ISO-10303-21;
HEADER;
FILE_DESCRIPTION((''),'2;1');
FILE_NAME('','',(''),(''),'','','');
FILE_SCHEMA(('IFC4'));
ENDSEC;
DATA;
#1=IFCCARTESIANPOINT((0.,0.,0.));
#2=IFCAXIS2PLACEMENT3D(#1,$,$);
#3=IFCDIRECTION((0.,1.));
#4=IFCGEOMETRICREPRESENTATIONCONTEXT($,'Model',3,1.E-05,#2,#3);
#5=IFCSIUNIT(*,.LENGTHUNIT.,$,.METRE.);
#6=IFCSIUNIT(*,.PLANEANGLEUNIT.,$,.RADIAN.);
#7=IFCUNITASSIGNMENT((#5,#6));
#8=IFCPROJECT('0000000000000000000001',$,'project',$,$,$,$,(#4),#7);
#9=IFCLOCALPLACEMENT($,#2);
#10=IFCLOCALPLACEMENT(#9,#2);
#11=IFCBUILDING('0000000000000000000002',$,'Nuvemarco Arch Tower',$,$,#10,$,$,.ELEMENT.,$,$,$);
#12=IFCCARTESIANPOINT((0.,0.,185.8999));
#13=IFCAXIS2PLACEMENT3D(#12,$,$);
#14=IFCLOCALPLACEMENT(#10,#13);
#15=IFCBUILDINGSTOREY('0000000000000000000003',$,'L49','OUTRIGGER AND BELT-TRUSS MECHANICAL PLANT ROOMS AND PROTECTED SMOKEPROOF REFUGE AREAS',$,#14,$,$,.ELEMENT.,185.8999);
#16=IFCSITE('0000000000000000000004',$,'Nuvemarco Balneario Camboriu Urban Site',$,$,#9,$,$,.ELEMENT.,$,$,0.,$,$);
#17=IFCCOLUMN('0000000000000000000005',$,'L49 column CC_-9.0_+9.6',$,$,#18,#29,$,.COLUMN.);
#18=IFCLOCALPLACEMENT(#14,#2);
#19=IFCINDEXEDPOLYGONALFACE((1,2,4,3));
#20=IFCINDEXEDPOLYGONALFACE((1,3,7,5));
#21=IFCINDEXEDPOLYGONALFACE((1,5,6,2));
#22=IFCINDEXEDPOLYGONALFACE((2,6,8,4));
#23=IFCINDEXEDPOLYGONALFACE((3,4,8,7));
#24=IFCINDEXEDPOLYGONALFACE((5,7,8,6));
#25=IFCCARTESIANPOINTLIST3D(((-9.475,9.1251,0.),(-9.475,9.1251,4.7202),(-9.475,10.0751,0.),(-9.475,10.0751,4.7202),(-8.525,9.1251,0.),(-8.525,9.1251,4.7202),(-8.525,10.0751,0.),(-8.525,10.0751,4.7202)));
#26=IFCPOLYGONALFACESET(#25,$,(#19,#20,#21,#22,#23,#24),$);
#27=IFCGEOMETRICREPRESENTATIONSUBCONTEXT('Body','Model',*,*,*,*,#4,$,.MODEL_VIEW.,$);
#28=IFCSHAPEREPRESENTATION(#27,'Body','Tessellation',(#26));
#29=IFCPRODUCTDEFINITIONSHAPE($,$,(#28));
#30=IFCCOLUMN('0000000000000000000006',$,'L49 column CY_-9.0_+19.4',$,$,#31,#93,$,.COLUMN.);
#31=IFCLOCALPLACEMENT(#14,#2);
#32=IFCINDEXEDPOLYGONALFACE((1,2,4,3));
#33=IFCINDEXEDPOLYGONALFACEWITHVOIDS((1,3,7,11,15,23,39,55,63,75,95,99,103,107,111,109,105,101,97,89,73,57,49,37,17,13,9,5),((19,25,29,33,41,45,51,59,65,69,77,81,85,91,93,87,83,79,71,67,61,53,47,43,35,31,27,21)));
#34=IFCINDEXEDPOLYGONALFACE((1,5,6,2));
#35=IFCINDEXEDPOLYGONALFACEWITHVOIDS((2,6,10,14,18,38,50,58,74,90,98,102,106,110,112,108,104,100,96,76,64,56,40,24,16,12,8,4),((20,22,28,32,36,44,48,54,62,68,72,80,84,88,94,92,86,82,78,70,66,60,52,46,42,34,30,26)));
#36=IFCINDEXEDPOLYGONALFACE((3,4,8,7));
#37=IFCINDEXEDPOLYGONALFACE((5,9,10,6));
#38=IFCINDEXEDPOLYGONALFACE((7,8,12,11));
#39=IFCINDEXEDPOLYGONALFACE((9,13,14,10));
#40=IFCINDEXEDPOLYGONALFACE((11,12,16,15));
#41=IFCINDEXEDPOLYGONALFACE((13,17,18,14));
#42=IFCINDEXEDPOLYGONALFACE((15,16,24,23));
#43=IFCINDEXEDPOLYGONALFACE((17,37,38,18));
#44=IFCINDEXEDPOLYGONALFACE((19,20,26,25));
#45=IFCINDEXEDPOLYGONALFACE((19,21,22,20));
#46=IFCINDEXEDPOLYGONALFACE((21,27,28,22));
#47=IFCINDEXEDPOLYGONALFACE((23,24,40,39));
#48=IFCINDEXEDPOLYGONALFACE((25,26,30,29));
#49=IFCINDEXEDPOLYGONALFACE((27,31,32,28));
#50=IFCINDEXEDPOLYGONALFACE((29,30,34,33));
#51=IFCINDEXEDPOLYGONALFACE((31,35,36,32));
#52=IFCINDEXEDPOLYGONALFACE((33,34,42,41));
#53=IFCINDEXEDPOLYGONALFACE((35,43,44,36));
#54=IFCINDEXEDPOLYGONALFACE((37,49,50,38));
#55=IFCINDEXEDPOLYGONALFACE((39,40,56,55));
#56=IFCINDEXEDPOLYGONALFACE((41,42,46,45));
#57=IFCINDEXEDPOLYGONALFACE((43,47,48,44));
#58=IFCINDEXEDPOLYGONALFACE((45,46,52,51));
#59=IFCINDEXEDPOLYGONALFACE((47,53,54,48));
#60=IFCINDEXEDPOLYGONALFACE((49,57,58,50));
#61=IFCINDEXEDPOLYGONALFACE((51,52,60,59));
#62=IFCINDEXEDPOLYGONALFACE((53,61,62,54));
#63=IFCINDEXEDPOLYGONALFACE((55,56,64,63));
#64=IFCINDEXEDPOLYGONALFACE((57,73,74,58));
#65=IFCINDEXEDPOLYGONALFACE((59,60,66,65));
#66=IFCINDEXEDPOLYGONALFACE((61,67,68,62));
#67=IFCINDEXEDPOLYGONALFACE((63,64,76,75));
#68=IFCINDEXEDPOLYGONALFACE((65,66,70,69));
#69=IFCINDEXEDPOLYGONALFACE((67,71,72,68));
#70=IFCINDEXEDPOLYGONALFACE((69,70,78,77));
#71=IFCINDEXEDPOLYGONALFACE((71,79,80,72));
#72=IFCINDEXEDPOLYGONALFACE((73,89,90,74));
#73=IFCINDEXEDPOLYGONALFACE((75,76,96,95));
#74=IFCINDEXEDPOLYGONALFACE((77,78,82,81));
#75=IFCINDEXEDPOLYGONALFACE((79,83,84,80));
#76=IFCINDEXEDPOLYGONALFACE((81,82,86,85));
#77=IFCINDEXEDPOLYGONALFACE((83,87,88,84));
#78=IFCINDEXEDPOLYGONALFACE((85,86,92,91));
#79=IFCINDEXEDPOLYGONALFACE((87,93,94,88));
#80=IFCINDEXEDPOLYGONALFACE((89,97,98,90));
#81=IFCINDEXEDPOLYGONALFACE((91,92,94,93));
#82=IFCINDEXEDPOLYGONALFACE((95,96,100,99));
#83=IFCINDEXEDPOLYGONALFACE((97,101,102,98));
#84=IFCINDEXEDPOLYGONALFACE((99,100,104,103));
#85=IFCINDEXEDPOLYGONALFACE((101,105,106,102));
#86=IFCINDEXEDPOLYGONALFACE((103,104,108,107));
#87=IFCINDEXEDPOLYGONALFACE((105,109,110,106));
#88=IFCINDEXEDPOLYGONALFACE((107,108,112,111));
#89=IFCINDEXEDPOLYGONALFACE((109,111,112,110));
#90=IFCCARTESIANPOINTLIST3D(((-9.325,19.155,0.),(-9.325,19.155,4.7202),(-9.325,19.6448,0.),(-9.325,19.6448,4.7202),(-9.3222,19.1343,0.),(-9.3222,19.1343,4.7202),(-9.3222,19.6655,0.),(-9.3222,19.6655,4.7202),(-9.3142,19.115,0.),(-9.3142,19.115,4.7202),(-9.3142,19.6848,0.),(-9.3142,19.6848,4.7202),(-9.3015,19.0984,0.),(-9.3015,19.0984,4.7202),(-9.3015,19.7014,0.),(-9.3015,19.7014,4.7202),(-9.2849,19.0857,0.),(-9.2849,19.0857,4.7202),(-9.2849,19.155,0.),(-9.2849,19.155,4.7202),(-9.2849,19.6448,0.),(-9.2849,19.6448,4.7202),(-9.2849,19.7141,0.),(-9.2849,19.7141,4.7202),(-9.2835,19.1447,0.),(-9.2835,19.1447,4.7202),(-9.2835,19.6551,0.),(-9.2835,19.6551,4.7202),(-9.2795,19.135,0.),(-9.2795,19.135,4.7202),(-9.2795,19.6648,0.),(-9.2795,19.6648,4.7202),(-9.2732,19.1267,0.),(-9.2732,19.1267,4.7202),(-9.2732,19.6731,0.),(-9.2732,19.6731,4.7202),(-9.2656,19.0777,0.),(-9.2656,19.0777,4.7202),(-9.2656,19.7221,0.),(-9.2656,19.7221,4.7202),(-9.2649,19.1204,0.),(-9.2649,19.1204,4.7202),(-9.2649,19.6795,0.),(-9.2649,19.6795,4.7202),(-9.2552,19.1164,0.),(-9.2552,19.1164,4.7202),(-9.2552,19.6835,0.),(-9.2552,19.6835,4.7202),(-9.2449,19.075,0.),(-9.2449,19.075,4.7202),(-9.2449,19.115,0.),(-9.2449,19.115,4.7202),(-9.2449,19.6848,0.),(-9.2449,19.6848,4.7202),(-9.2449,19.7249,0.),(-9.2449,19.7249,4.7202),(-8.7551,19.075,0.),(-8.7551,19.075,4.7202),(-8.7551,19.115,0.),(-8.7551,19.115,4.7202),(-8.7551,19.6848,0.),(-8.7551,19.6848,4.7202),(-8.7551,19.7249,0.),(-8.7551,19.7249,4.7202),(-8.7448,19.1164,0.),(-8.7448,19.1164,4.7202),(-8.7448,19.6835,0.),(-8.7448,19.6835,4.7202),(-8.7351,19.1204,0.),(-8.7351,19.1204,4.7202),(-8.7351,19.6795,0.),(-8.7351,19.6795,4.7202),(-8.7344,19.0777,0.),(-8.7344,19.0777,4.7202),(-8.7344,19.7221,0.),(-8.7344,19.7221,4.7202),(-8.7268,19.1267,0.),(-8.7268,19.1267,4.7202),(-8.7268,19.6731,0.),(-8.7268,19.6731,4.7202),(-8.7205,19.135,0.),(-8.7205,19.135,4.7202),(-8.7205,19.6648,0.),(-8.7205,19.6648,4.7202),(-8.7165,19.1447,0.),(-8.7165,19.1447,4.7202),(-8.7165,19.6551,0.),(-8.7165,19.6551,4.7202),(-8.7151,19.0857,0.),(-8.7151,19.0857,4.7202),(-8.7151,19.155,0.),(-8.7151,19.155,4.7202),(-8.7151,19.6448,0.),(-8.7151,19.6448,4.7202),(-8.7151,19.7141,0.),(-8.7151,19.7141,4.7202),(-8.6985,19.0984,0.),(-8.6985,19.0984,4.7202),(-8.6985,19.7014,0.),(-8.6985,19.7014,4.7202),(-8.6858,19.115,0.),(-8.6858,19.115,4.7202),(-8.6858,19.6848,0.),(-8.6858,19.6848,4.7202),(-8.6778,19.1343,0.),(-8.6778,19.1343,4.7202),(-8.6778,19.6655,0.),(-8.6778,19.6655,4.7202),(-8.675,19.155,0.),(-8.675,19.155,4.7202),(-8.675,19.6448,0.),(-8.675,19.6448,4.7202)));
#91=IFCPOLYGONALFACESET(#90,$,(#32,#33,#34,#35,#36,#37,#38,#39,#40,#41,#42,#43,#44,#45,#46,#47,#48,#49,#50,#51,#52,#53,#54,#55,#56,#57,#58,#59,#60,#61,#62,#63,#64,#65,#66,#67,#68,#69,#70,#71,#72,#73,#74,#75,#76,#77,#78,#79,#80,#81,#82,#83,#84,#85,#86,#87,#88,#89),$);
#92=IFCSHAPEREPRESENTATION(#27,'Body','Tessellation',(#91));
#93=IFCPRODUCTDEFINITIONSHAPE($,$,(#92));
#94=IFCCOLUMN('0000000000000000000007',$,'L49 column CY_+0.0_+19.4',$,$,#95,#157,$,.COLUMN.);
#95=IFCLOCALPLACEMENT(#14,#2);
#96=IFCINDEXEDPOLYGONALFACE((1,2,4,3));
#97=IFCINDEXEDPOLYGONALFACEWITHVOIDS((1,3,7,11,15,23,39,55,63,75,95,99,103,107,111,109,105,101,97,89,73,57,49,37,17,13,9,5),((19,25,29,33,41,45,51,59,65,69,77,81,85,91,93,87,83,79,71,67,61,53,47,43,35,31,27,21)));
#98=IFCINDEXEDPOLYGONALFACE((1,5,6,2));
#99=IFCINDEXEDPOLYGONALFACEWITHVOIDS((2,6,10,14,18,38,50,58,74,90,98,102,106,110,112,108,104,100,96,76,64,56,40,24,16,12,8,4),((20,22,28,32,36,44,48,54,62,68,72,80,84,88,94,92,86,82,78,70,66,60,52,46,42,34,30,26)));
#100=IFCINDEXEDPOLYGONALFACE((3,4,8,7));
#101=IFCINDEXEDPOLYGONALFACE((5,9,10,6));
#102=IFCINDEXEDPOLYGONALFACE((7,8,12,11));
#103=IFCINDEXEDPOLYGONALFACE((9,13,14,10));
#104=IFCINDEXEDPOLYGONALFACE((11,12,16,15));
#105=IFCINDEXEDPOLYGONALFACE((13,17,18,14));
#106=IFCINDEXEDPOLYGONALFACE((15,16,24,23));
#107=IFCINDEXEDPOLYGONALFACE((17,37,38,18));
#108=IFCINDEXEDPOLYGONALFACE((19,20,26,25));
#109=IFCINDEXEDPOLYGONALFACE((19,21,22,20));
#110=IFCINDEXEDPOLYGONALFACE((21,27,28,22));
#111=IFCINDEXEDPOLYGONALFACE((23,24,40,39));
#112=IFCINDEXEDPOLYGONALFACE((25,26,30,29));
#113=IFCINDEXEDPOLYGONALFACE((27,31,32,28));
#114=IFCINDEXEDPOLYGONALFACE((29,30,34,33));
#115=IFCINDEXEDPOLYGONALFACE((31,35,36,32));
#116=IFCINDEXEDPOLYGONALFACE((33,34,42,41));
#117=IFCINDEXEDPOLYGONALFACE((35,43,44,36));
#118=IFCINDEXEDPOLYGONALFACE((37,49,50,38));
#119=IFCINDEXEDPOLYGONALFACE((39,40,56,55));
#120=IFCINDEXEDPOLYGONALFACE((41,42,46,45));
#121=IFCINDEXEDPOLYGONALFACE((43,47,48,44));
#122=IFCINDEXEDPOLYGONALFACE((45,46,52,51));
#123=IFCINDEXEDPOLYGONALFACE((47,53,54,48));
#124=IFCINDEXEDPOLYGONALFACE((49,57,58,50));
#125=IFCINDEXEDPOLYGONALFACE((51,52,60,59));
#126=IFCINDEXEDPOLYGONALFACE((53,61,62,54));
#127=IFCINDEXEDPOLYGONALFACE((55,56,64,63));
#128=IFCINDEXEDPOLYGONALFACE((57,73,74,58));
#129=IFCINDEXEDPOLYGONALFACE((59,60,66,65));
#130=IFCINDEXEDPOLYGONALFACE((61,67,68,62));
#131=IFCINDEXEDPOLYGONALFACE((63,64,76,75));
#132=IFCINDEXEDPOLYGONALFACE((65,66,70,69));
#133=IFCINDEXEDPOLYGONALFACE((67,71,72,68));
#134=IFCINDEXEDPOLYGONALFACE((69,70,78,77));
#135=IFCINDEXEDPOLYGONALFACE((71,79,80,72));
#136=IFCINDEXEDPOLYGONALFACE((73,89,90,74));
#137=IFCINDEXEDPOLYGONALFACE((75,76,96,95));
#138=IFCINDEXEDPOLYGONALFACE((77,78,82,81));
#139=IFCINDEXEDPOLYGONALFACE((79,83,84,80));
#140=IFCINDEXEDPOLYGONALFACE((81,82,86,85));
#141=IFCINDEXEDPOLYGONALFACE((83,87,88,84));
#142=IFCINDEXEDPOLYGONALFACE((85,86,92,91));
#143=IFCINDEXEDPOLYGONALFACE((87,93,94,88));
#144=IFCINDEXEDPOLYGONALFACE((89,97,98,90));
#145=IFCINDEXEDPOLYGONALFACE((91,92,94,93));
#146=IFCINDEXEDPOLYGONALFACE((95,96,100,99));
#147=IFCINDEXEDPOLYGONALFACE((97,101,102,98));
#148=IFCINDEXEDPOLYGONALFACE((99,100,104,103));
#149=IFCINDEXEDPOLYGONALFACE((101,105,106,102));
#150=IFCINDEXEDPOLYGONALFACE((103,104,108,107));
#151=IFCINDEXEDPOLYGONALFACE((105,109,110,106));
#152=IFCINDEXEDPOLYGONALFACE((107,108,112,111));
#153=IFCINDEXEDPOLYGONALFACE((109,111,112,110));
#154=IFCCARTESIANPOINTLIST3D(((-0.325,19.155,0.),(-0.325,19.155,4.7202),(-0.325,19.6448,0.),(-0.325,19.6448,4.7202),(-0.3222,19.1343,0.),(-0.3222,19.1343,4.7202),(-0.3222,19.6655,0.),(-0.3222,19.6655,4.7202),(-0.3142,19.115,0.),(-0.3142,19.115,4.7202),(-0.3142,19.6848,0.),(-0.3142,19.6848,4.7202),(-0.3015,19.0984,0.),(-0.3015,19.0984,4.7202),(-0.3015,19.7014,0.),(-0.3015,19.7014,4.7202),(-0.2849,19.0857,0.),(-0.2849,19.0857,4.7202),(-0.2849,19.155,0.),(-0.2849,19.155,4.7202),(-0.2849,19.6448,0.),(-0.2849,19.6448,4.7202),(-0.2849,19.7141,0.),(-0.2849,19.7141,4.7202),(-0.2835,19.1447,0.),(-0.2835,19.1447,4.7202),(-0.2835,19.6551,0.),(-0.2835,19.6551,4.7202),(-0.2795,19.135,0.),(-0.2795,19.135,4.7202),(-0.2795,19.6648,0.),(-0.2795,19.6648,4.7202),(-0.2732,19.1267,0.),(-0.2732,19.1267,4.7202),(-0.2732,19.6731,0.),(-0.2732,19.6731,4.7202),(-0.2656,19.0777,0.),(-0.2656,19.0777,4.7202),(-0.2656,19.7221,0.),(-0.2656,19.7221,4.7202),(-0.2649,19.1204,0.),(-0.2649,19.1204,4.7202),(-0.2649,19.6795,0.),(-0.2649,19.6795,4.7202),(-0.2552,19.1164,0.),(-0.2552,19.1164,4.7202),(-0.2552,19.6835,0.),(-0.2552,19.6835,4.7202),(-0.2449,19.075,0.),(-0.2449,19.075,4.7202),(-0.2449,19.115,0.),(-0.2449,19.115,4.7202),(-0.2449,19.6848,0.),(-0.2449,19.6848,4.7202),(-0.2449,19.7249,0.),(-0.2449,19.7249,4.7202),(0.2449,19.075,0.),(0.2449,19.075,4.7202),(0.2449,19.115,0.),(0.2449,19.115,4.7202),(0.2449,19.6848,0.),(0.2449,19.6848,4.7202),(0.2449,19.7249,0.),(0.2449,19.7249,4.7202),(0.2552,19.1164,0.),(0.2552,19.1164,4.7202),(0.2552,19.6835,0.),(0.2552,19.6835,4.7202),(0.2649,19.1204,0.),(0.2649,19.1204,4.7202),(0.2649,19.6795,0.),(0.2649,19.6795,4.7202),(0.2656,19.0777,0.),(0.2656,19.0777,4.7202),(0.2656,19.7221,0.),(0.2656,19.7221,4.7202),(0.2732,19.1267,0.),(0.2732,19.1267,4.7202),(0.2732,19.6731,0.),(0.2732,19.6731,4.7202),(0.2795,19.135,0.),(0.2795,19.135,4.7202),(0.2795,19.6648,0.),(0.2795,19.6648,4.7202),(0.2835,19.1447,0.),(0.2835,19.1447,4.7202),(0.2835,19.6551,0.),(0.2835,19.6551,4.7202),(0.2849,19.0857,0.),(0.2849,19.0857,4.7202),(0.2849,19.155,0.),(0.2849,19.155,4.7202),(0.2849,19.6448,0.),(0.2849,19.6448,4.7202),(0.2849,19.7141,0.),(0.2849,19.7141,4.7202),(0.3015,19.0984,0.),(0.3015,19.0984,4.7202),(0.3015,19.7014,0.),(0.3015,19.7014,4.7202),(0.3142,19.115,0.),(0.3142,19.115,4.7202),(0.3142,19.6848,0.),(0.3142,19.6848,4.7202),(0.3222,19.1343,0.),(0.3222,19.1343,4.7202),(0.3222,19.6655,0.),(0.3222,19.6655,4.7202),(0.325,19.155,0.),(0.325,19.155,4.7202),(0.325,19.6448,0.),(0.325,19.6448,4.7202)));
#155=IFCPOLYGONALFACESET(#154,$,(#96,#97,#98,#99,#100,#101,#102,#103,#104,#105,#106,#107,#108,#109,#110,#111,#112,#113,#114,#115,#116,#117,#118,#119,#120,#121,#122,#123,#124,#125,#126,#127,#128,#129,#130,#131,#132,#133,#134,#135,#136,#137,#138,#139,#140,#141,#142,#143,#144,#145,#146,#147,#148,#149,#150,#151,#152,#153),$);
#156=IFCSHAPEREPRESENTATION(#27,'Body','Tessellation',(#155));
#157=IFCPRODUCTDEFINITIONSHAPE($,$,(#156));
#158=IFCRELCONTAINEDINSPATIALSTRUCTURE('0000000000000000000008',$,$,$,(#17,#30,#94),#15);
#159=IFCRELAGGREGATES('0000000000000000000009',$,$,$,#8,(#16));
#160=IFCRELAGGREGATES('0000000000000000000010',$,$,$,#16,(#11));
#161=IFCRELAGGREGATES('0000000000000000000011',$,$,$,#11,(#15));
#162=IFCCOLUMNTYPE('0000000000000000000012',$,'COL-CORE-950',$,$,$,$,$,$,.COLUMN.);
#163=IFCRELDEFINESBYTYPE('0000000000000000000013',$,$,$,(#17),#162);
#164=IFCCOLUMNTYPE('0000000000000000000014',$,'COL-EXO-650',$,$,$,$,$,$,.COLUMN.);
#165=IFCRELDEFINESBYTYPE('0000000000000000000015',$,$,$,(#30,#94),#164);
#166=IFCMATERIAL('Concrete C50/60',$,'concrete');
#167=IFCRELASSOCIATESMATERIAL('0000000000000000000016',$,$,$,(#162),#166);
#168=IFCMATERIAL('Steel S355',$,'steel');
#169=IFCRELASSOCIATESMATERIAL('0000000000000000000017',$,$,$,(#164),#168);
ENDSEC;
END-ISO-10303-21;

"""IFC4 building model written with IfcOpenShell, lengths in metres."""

from ifc_helpers import new_model, si_unit, direction, frame, origin, origin_2d, place, context, subcontext, project, spatial, rectangle, hollow_rectangle, extrude, material, material_profile, profile_set, type_object, element, save


model = new_model("IFC4")

# Units and contexts
model_context = context("Model", 3, precision=1e-05, world=origin(), true_north=direction((0.0, 1.0)))
body_context = subcontext(model_context, "Body", "Model", "MODEL_VIEW")
ifc_project = project(units=[si_unit("LENGTHUNIT", "METRE"), si_unit("PLANEANGLEUNIT", "RADIAN")], contexts=[model_context])

# Site, building, storey
site_placement = place(None, origin())
site = spatial("IfcSite", under=ifc_project, at=site_placement, Name="Nuvemarco Balneario Camboriu Urban Site", CompositionType="ELEMENT", RefElevation=0.0)
building_placement = place(site_placement, origin())
building = spatial("IfcBuilding", under=site, at=building_placement, Name="Nuvemarco Arch Tower", CompositionType="ELEMENT")
storey_placement = place(building_placement, frame((0.0, 0.0, 185.8999)))
storey = spatial("IfcBuildingStorey", under=building, at=storey_placement, Name="L49", Description="OUTRIGGER AND BELT-TRUSS MECHANICAL PLANT ROOMS AND PROTECTED SMOKEPROOF REFUGE AREAS", CompositionType="ELEMENT", Elevation=185.8999)

# Columns
ifc_material_1 = material(Name="Concrete C50/60", Category="concrete")
ifc_material_profile_1 = material_profile(ifc_material_1, rectangle(XDim=0.95, YDim=0.95, at=origin_2d()), Name="RC-COL-950x950")
ifc_profile_set_1 = profile_set([ifc_material_profile_1], Name="Concrete C50/60")
column_type_1 = type_object("IfcColumnType", Name="COL-CORE-950", PredefinedType="COLUMN", material=ifc_profile_set_1)
column_1_placement = place(storey_placement, frame((-9.0, 9.6001, 0.0), z_axis=(0.0, 0.0, 1.0), x_axis=(1.0, 0.0, 0.0)))
element("IfcColumn", 1, at=column_1_placement, inside=storey, type_object=column_type_1, Name="L49 column CC_-9.0_+9.6", PredefinedType="COLUMN", context=body_context, shape_type="SweptSolid", body=[
    extrude(rectangle(XDim=0.95, YDim=0.95, at=origin_2d()), origin(), (0.0, 0.0, 1.0), 4.7202),
])
ifc_material_2 = material(Name="Steel S355", Category="steel")
ifc_material_profile_2 = material_profile(ifc_material_2, hollow_rectangle(XDim=0.6499, YDim=0.6499, WallThickness=0.04, InnerFilletRadius=0.04, OuterFilletRadius=0.0801, at=origin_2d()), Name="SHS650x650x40")
ifc_profile_set_2 = profile_set([ifc_material_profile_2], Name="Steel S355")
column_type_2 = type_object("IfcColumnType", Name="COL-EXO-650", PredefinedType="COLUMN", material=ifc_profile_set_2)
for number, where, z_axis, x_axis, name in (
    (2, (-9.0, 19.3999, 0.0), (0.0, 0.0, 1.0), (1.0, 0.0, 0.0), "L49 column CY_-9.0_+19.4"),
    (3, (0.0, 19.3999, 0.0), (0.0, 0.0, 1.0), (1.0, 0.0, 0.0), "L49 column CY_+0.0_+19.4"),
):
    element("IfcColumn", number, at=place(storey_placement, frame(where, z_axis=z_axis, x_axis=x_axis)), inside=storey, type_object=column_type_2, Name=name, PredefinedType="COLUMN", context=body_context, shape_type="SweptSolid", body=[
        extrude(hollow_rectangle(XDim=0.6499, YDim=0.6499, WallThickness=0.04, InnerFilletRadius=0.04, OuterFilletRadius=0.0801, at=origin_2d()), origin(), (0.0, 0.0, 1.0), 4.7202),
    ])

save(model, "model.ifc")
